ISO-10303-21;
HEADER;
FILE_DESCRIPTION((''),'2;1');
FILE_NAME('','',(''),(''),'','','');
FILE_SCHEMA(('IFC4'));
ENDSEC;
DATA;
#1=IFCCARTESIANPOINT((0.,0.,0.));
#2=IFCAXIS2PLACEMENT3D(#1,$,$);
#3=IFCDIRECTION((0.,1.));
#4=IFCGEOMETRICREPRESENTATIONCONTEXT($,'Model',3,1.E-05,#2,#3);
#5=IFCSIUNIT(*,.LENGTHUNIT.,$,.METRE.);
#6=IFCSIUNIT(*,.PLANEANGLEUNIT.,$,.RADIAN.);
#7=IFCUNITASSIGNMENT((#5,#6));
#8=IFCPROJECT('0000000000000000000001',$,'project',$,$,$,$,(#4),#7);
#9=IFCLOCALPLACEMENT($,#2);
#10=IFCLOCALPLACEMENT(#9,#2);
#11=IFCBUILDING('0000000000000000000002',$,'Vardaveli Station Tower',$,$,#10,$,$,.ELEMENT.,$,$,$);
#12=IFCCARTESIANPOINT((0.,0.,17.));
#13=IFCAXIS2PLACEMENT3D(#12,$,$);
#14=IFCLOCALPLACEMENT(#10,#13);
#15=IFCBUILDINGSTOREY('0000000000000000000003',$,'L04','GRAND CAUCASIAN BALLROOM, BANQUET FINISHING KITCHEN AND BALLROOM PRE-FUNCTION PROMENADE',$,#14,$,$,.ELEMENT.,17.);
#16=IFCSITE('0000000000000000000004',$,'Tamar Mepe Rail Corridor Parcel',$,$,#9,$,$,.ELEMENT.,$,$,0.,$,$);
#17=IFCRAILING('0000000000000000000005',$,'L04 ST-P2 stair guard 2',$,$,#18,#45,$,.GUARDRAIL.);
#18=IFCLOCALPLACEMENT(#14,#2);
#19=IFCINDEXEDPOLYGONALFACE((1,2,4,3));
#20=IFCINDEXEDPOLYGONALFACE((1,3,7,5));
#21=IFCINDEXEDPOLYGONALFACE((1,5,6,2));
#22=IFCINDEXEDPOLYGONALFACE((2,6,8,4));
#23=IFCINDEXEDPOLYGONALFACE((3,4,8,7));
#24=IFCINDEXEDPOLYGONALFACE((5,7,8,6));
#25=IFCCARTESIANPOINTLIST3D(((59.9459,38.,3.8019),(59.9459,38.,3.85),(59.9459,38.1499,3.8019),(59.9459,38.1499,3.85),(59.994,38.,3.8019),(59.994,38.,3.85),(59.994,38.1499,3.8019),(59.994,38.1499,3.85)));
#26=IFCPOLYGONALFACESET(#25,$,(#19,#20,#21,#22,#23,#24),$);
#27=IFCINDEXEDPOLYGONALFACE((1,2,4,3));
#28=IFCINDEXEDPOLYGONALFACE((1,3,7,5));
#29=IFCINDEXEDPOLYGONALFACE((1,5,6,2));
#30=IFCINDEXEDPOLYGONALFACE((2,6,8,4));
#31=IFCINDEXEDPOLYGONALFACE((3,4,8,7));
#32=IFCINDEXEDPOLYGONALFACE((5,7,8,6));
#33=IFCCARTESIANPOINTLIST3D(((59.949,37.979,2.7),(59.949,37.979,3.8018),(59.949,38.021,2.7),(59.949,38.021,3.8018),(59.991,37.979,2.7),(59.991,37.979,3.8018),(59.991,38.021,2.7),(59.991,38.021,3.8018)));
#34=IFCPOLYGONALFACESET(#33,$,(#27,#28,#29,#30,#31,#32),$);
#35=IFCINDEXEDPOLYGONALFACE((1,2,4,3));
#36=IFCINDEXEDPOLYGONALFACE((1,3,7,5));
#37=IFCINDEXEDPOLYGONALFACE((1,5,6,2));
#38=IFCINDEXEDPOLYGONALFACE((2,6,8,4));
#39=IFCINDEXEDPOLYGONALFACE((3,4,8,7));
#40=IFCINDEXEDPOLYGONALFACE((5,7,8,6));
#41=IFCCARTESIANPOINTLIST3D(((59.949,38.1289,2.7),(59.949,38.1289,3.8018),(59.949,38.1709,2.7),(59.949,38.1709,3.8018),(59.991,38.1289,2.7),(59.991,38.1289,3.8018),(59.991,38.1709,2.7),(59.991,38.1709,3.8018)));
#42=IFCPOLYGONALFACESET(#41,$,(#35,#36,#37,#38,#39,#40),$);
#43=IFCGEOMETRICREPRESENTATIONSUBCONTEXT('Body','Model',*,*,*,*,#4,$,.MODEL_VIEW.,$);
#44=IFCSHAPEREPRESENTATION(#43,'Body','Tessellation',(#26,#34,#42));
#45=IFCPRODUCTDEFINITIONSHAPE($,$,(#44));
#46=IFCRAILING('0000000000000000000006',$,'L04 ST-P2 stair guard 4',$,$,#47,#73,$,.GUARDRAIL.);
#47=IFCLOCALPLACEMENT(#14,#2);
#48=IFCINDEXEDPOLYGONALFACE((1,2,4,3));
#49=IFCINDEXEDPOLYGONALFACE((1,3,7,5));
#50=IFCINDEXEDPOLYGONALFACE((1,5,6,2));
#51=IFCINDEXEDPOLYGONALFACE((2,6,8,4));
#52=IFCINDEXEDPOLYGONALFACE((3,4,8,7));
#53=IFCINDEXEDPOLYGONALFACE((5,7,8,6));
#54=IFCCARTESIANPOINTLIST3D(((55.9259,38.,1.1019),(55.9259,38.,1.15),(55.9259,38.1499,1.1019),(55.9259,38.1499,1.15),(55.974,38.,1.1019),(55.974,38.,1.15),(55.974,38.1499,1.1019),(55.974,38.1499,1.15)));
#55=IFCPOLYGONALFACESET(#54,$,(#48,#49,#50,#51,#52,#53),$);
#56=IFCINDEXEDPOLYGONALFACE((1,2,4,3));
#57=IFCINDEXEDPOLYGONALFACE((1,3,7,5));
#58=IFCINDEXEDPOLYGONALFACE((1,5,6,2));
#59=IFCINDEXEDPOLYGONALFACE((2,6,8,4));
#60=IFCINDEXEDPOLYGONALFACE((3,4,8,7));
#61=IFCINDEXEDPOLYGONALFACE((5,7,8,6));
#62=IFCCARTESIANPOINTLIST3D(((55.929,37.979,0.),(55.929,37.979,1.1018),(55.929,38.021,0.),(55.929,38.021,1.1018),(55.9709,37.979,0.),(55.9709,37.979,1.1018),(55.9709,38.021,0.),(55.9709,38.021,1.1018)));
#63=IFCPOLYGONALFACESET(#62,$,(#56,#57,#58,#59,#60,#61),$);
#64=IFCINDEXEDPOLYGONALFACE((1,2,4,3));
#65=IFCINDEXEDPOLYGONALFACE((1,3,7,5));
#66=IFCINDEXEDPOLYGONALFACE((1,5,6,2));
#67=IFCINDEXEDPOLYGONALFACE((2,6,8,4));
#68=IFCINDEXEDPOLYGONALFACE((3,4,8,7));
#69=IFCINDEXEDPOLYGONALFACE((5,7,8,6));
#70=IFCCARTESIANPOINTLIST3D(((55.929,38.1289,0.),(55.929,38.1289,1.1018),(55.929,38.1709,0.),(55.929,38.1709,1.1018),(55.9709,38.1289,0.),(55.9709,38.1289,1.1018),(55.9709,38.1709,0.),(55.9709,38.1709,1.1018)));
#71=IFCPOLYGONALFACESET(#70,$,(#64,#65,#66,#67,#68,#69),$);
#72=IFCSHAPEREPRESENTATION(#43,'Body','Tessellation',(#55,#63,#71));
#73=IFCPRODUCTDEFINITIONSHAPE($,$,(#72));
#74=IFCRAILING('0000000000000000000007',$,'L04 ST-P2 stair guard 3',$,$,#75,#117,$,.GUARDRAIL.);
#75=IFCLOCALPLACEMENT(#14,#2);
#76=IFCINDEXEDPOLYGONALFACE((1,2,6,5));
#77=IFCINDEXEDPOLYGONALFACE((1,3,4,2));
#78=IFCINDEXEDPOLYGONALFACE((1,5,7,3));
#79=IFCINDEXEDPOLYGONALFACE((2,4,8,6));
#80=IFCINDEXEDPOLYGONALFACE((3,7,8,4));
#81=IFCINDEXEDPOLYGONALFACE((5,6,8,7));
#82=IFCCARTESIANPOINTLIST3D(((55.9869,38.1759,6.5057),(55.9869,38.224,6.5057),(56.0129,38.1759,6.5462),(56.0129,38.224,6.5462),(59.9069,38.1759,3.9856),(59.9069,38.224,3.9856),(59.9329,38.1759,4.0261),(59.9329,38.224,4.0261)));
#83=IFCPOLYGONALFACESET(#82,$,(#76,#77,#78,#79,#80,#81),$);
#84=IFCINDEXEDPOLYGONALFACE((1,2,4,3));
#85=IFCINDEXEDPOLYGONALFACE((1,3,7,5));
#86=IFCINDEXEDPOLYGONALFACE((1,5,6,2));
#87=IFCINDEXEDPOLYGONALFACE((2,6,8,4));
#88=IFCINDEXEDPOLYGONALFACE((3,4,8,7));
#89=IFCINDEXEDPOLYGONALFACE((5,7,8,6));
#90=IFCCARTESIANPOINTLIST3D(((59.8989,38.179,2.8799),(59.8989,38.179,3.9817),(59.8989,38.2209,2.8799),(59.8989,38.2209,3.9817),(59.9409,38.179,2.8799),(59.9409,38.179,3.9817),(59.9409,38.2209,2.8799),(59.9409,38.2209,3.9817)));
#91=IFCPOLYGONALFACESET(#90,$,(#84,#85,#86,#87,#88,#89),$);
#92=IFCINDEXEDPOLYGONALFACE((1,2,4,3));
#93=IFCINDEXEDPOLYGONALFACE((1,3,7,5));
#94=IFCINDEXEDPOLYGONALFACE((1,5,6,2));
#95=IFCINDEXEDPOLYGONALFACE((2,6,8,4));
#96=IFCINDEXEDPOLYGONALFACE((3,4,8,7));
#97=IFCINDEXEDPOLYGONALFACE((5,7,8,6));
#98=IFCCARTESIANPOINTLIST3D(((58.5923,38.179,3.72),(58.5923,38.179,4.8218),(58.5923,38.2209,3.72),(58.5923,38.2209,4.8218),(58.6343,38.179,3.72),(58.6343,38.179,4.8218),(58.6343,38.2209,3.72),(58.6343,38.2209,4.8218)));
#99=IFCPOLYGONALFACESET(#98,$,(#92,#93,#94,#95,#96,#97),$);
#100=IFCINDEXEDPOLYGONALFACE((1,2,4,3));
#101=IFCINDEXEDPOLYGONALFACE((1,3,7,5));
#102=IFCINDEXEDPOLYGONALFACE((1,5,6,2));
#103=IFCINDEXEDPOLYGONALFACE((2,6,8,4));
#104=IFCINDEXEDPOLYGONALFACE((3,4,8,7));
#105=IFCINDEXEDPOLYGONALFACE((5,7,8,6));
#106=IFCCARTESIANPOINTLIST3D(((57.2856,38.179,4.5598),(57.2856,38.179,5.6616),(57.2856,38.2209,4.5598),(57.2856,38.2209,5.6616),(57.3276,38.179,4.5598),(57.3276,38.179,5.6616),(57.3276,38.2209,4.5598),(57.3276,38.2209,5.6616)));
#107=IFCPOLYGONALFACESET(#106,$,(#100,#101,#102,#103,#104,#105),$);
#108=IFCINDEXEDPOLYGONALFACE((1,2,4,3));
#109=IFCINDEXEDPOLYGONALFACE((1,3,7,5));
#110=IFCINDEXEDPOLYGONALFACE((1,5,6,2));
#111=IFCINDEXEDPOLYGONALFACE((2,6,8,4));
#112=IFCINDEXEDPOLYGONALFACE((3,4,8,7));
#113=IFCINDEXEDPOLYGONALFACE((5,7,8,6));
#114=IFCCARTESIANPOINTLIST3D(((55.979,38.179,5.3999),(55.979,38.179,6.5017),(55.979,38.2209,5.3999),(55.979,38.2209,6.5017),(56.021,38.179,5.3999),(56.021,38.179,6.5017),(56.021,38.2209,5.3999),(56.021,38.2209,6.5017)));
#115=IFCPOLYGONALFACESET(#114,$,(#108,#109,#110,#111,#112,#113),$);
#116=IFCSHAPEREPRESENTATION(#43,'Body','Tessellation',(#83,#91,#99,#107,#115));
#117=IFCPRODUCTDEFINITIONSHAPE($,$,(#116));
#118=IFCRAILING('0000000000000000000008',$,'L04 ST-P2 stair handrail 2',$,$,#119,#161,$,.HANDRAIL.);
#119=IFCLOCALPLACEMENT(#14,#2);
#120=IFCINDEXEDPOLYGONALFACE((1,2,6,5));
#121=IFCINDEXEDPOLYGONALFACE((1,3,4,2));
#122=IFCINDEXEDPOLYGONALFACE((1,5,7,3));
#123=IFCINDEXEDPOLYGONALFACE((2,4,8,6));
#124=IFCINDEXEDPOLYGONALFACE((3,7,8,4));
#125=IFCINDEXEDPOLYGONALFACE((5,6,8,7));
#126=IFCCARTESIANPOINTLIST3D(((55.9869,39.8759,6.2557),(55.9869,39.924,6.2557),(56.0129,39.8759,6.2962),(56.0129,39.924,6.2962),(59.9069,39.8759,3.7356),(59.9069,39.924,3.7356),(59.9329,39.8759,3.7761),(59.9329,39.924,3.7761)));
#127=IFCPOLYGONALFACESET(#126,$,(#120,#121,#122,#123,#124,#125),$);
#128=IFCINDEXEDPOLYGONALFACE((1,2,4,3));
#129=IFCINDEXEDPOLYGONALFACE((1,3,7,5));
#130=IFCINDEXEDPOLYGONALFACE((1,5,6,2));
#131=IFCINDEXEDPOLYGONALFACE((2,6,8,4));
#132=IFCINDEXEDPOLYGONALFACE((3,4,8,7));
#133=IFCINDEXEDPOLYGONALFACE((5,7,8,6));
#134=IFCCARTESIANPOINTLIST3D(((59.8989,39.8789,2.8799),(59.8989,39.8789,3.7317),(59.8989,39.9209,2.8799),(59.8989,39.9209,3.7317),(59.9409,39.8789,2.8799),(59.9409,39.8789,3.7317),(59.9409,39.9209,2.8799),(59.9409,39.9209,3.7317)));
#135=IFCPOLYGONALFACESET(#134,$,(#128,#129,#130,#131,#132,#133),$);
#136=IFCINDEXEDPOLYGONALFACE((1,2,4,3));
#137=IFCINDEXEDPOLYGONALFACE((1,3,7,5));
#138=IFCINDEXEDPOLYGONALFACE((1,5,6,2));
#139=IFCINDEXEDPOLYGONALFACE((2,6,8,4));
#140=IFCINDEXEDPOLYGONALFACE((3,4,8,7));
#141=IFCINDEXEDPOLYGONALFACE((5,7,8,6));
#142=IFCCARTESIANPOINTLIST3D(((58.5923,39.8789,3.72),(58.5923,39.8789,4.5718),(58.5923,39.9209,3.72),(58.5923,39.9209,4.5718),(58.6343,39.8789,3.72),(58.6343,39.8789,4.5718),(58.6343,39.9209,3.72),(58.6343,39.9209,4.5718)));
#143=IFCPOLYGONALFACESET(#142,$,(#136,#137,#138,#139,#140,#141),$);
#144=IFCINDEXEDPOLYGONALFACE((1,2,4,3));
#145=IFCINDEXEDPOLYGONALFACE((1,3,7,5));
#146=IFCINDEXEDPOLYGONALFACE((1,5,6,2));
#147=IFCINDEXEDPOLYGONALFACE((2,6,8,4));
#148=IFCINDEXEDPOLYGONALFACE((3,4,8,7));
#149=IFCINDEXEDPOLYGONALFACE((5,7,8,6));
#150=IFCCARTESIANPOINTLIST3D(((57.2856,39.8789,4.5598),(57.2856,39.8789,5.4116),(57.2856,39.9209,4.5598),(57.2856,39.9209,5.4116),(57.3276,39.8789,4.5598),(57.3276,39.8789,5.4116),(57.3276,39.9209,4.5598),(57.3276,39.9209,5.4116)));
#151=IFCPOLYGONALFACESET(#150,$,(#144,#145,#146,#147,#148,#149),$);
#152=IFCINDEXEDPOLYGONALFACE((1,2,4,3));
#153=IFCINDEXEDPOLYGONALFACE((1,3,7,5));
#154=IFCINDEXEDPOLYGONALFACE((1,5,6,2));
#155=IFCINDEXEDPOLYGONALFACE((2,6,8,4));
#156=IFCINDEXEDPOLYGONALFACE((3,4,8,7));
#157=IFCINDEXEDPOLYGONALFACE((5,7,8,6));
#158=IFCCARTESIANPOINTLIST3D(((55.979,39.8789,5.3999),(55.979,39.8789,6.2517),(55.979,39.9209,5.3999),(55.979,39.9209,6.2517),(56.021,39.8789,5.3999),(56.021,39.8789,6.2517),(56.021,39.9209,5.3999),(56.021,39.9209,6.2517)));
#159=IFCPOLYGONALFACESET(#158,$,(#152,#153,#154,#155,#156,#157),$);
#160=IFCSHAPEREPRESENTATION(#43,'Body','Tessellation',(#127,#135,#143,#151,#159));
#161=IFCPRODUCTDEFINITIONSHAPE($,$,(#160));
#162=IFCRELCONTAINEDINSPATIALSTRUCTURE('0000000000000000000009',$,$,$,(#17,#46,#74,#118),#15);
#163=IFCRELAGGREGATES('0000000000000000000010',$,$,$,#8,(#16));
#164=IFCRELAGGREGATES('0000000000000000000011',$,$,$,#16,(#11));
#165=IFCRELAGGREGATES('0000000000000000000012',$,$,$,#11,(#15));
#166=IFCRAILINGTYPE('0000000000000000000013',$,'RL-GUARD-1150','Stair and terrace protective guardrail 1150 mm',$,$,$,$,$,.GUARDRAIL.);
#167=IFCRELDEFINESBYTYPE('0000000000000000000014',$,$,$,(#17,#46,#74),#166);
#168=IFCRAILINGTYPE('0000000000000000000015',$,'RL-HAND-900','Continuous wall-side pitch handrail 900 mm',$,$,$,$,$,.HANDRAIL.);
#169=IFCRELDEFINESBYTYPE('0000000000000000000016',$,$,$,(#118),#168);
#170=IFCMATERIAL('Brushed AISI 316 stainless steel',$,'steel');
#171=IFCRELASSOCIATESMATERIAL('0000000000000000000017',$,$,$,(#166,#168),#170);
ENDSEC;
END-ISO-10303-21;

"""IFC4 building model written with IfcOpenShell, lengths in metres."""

from ifc_helpers import new_model, si_unit, direction, frame, origin, origin_2d, place, context, subcontext, project, spatial, rectangle, extrude, source, transform, mapped, material, type_object, element, save


model = new_model("IFC4")

# Units and contexts
model_context = context("Model", 3, precision=1e-05, world=origin(), true_north=direction((0.0, 1.0)))
body_context = subcontext(model_context, "Body", "Model", "MODEL_VIEW")
ifc_project = project(units=[si_unit("LENGTHUNIT", "METRE"), si_unit("PLANEANGLEUNIT", "RADIAN")], contexts=[model_context])

# Site, building, storey
site_placement = place(None, origin())
site = spatial("IfcSite", under=ifc_project, at=site_placement, Name="Tamar Mepe Rail Corridor Parcel", CompositionType="ELEMENT", RefElevation=0.0)
building_placement = place(site_placement, origin())
building = spatial("IfcBuilding", under=site, at=building_placement, Name="Vardaveli Station Tower", CompositionType="ELEMENT")
storey_placement = place(building_placement, frame((0.0, 0.0, 17.0)))
storey = spatial("IfcBuildingStorey", under=building, at=storey_placement, Name="L04", Description="GRAND CAUCASIAN BALLROOM, BANQUET FINISHING KITCHEN AND BALLROOM PRE-FUNCTION PROMENADE", CompositionType="ELEMENT", Elevation=17.0)

# Railings
ifc_material_1 = material(Name="Brushed AISI 316 stainless steel", Category="steel")
railing_type_1 = type_object("IfcRailingType", Name="RL-GUARD-1150", Description="Stair and terrace protective guardrail 1150 mm", PredefinedType="GUARDRAIL", material=ifc_material_1)
shared_shape_1 = source(origin(), body_context, "Body", "SweptSolid", [
    extrude(rectangle(XDim=0.0481, YDim=0.0481, at=origin_2d()), frame((0.0, 0.0, 1.126), z_axis=(0.0, 1.0, 0.0), x_axis=(-1.0, 0.0, 0.0)), (0.0, 0.0, 1.0), 0.1499),
    extrude(rectangle(XDim=0.042, YDim=0.042, at=origin_2d()), origin(), (0.0, 0.0, 1.0), 1.1018),
    extrude(rectangle(XDim=0.042, YDim=0.042, at=origin_2d()), frame((0.0, 0.1499, 0.0)), (0.0, 0.0, 1.0), 1.1018),
])
for number, where, name in (
    (1, (59.97, 38.0, 2.7), "L04 ST-P2 stair guard 2"),
    (2, (55.95, 38.0, 0.0), "L04 ST-P2 stair guard 4"),
):
    element("IfcRailing", number, at=place(storey_placement, frame(where)), inside=storey, type_object=railing_type_1, Name=name, PredefinedType="GUARDRAIL", context=body_context, shape_type="MappedRepresentation", body=[
        mapped(shared_shape_1, transform((0.0, 0.0, 0.0), scale=1.0)),
    ])
shared_shape_2 = source(origin(), body_context, "Body", "SweptSolid", [
    extrude(rectangle(XDim=0.0481, YDim=0.0481, at=origin_2d()), frame((0.0, 0.0, 1.126), z_axis=(-0.841172, 0.0, 0.540768), x_axis=(0.0, -1.0, 0.0)), (0.0, 0.0, 1.0), 4.6602),
    extrude(rectangle(XDim=0.042, YDim=0.042, at=origin_2d()), origin(), (0.0, 0.0, 1.0), 1.1018),
    extrude(rectangle(XDim=0.042, YDim=0.042, at=origin_2d()), frame((-1.3066, 0.0, 0.8401)), (0.0, 0.0, 1.0), 1.1018),
    extrude(rectangle(XDim=0.042, YDim=0.042, at=origin_2d()), frame((-2.6133, 0.0, 1.6799)), (0.0, 0.0, 1.0), 1.1018),
    extrude(rectangle(XDim=0.042, YDim=0.042, at=origin_2d()), frame((-3.9199, 0.0, 2.52)), (0.0, 0.0, 1.0), 1.1018),
])
railing_1_placement = place(storey_placement, frame((59.9199, 38.2, 2.8799)))
element("IfcRailing", 3, at=railing_1_placement, inside=storey, type_object=railing_type_1, Name="L04 ST-P2 stair guard 3", PredefinedType="GUARDRAIL", context=body_context, shape_type="MappedRepresentation", body=[
    mapped(shared_shape_2, transform((0.0, 0.0, 0.0), scale=1.0)),
])
railing_type_2 = type_object("IfcRailingType", Name="RL-HAND-900", Description="Continuous wall-side pitch handrail 900 mm", PredefinedType="HANDRAIL", material=ifc_material_1)
shared_shape_3 = source(origin(), body_context, "Body", "SweptSolid", [
    extrude(rectangle(XDim=0.0481, YDim=0.0481, at=origin_2d()), frame((0.0, 0.0, 0.876), z_axis=(-0.841172, 0.0, 0.540768), x_axis=(0.0, -1.0, 0.0)), (0.0, 0.0, 1.0), 4.6602),
    extrude(rectangle(XDim=0.042, YDim=0.042, at=origin_2d()), origin(), (0.0, 0.0, 1.0), 0.8518),
    extrude(rectangle(XDim=0.042, YDim=0.042, at=origin_2d()), frame((-1.3066, 0.0, 0.8401)), (0.0, 0.0, 1.0), 0.8518),
    extrude(rectangle(XDim=0.042, YDim=0.042, at=origin_2d()), frame((-2.6133, 0.0, 1.6799)), (0.0, 0.0, 1.0), 0.8518),
    extrude(rectangle(XDim=0.042, YDim=0.042, at=origin_2d()), frame((-3.9199, 0.0, 2.52)), (0.0, 0.0, 1.0), 0.8518),
])
railing_2_placement = place(storey_placement, frame((59.9199, 39.8999, 2.8799)))
element("IfcRailing", 4, at=railing_2_placement, inside=storey, type_object=railing_type_2, Name="L04 ST-P2 stair handrail 2", PredefinedType="HANDRAIL", context=body_context, shape_type="MappedRepresentation", body=[
    mapped(shared_shape_3, transform((0.0, 0.0, 0.0), scale=1.0)),
])

save(model, "model.ifc")
